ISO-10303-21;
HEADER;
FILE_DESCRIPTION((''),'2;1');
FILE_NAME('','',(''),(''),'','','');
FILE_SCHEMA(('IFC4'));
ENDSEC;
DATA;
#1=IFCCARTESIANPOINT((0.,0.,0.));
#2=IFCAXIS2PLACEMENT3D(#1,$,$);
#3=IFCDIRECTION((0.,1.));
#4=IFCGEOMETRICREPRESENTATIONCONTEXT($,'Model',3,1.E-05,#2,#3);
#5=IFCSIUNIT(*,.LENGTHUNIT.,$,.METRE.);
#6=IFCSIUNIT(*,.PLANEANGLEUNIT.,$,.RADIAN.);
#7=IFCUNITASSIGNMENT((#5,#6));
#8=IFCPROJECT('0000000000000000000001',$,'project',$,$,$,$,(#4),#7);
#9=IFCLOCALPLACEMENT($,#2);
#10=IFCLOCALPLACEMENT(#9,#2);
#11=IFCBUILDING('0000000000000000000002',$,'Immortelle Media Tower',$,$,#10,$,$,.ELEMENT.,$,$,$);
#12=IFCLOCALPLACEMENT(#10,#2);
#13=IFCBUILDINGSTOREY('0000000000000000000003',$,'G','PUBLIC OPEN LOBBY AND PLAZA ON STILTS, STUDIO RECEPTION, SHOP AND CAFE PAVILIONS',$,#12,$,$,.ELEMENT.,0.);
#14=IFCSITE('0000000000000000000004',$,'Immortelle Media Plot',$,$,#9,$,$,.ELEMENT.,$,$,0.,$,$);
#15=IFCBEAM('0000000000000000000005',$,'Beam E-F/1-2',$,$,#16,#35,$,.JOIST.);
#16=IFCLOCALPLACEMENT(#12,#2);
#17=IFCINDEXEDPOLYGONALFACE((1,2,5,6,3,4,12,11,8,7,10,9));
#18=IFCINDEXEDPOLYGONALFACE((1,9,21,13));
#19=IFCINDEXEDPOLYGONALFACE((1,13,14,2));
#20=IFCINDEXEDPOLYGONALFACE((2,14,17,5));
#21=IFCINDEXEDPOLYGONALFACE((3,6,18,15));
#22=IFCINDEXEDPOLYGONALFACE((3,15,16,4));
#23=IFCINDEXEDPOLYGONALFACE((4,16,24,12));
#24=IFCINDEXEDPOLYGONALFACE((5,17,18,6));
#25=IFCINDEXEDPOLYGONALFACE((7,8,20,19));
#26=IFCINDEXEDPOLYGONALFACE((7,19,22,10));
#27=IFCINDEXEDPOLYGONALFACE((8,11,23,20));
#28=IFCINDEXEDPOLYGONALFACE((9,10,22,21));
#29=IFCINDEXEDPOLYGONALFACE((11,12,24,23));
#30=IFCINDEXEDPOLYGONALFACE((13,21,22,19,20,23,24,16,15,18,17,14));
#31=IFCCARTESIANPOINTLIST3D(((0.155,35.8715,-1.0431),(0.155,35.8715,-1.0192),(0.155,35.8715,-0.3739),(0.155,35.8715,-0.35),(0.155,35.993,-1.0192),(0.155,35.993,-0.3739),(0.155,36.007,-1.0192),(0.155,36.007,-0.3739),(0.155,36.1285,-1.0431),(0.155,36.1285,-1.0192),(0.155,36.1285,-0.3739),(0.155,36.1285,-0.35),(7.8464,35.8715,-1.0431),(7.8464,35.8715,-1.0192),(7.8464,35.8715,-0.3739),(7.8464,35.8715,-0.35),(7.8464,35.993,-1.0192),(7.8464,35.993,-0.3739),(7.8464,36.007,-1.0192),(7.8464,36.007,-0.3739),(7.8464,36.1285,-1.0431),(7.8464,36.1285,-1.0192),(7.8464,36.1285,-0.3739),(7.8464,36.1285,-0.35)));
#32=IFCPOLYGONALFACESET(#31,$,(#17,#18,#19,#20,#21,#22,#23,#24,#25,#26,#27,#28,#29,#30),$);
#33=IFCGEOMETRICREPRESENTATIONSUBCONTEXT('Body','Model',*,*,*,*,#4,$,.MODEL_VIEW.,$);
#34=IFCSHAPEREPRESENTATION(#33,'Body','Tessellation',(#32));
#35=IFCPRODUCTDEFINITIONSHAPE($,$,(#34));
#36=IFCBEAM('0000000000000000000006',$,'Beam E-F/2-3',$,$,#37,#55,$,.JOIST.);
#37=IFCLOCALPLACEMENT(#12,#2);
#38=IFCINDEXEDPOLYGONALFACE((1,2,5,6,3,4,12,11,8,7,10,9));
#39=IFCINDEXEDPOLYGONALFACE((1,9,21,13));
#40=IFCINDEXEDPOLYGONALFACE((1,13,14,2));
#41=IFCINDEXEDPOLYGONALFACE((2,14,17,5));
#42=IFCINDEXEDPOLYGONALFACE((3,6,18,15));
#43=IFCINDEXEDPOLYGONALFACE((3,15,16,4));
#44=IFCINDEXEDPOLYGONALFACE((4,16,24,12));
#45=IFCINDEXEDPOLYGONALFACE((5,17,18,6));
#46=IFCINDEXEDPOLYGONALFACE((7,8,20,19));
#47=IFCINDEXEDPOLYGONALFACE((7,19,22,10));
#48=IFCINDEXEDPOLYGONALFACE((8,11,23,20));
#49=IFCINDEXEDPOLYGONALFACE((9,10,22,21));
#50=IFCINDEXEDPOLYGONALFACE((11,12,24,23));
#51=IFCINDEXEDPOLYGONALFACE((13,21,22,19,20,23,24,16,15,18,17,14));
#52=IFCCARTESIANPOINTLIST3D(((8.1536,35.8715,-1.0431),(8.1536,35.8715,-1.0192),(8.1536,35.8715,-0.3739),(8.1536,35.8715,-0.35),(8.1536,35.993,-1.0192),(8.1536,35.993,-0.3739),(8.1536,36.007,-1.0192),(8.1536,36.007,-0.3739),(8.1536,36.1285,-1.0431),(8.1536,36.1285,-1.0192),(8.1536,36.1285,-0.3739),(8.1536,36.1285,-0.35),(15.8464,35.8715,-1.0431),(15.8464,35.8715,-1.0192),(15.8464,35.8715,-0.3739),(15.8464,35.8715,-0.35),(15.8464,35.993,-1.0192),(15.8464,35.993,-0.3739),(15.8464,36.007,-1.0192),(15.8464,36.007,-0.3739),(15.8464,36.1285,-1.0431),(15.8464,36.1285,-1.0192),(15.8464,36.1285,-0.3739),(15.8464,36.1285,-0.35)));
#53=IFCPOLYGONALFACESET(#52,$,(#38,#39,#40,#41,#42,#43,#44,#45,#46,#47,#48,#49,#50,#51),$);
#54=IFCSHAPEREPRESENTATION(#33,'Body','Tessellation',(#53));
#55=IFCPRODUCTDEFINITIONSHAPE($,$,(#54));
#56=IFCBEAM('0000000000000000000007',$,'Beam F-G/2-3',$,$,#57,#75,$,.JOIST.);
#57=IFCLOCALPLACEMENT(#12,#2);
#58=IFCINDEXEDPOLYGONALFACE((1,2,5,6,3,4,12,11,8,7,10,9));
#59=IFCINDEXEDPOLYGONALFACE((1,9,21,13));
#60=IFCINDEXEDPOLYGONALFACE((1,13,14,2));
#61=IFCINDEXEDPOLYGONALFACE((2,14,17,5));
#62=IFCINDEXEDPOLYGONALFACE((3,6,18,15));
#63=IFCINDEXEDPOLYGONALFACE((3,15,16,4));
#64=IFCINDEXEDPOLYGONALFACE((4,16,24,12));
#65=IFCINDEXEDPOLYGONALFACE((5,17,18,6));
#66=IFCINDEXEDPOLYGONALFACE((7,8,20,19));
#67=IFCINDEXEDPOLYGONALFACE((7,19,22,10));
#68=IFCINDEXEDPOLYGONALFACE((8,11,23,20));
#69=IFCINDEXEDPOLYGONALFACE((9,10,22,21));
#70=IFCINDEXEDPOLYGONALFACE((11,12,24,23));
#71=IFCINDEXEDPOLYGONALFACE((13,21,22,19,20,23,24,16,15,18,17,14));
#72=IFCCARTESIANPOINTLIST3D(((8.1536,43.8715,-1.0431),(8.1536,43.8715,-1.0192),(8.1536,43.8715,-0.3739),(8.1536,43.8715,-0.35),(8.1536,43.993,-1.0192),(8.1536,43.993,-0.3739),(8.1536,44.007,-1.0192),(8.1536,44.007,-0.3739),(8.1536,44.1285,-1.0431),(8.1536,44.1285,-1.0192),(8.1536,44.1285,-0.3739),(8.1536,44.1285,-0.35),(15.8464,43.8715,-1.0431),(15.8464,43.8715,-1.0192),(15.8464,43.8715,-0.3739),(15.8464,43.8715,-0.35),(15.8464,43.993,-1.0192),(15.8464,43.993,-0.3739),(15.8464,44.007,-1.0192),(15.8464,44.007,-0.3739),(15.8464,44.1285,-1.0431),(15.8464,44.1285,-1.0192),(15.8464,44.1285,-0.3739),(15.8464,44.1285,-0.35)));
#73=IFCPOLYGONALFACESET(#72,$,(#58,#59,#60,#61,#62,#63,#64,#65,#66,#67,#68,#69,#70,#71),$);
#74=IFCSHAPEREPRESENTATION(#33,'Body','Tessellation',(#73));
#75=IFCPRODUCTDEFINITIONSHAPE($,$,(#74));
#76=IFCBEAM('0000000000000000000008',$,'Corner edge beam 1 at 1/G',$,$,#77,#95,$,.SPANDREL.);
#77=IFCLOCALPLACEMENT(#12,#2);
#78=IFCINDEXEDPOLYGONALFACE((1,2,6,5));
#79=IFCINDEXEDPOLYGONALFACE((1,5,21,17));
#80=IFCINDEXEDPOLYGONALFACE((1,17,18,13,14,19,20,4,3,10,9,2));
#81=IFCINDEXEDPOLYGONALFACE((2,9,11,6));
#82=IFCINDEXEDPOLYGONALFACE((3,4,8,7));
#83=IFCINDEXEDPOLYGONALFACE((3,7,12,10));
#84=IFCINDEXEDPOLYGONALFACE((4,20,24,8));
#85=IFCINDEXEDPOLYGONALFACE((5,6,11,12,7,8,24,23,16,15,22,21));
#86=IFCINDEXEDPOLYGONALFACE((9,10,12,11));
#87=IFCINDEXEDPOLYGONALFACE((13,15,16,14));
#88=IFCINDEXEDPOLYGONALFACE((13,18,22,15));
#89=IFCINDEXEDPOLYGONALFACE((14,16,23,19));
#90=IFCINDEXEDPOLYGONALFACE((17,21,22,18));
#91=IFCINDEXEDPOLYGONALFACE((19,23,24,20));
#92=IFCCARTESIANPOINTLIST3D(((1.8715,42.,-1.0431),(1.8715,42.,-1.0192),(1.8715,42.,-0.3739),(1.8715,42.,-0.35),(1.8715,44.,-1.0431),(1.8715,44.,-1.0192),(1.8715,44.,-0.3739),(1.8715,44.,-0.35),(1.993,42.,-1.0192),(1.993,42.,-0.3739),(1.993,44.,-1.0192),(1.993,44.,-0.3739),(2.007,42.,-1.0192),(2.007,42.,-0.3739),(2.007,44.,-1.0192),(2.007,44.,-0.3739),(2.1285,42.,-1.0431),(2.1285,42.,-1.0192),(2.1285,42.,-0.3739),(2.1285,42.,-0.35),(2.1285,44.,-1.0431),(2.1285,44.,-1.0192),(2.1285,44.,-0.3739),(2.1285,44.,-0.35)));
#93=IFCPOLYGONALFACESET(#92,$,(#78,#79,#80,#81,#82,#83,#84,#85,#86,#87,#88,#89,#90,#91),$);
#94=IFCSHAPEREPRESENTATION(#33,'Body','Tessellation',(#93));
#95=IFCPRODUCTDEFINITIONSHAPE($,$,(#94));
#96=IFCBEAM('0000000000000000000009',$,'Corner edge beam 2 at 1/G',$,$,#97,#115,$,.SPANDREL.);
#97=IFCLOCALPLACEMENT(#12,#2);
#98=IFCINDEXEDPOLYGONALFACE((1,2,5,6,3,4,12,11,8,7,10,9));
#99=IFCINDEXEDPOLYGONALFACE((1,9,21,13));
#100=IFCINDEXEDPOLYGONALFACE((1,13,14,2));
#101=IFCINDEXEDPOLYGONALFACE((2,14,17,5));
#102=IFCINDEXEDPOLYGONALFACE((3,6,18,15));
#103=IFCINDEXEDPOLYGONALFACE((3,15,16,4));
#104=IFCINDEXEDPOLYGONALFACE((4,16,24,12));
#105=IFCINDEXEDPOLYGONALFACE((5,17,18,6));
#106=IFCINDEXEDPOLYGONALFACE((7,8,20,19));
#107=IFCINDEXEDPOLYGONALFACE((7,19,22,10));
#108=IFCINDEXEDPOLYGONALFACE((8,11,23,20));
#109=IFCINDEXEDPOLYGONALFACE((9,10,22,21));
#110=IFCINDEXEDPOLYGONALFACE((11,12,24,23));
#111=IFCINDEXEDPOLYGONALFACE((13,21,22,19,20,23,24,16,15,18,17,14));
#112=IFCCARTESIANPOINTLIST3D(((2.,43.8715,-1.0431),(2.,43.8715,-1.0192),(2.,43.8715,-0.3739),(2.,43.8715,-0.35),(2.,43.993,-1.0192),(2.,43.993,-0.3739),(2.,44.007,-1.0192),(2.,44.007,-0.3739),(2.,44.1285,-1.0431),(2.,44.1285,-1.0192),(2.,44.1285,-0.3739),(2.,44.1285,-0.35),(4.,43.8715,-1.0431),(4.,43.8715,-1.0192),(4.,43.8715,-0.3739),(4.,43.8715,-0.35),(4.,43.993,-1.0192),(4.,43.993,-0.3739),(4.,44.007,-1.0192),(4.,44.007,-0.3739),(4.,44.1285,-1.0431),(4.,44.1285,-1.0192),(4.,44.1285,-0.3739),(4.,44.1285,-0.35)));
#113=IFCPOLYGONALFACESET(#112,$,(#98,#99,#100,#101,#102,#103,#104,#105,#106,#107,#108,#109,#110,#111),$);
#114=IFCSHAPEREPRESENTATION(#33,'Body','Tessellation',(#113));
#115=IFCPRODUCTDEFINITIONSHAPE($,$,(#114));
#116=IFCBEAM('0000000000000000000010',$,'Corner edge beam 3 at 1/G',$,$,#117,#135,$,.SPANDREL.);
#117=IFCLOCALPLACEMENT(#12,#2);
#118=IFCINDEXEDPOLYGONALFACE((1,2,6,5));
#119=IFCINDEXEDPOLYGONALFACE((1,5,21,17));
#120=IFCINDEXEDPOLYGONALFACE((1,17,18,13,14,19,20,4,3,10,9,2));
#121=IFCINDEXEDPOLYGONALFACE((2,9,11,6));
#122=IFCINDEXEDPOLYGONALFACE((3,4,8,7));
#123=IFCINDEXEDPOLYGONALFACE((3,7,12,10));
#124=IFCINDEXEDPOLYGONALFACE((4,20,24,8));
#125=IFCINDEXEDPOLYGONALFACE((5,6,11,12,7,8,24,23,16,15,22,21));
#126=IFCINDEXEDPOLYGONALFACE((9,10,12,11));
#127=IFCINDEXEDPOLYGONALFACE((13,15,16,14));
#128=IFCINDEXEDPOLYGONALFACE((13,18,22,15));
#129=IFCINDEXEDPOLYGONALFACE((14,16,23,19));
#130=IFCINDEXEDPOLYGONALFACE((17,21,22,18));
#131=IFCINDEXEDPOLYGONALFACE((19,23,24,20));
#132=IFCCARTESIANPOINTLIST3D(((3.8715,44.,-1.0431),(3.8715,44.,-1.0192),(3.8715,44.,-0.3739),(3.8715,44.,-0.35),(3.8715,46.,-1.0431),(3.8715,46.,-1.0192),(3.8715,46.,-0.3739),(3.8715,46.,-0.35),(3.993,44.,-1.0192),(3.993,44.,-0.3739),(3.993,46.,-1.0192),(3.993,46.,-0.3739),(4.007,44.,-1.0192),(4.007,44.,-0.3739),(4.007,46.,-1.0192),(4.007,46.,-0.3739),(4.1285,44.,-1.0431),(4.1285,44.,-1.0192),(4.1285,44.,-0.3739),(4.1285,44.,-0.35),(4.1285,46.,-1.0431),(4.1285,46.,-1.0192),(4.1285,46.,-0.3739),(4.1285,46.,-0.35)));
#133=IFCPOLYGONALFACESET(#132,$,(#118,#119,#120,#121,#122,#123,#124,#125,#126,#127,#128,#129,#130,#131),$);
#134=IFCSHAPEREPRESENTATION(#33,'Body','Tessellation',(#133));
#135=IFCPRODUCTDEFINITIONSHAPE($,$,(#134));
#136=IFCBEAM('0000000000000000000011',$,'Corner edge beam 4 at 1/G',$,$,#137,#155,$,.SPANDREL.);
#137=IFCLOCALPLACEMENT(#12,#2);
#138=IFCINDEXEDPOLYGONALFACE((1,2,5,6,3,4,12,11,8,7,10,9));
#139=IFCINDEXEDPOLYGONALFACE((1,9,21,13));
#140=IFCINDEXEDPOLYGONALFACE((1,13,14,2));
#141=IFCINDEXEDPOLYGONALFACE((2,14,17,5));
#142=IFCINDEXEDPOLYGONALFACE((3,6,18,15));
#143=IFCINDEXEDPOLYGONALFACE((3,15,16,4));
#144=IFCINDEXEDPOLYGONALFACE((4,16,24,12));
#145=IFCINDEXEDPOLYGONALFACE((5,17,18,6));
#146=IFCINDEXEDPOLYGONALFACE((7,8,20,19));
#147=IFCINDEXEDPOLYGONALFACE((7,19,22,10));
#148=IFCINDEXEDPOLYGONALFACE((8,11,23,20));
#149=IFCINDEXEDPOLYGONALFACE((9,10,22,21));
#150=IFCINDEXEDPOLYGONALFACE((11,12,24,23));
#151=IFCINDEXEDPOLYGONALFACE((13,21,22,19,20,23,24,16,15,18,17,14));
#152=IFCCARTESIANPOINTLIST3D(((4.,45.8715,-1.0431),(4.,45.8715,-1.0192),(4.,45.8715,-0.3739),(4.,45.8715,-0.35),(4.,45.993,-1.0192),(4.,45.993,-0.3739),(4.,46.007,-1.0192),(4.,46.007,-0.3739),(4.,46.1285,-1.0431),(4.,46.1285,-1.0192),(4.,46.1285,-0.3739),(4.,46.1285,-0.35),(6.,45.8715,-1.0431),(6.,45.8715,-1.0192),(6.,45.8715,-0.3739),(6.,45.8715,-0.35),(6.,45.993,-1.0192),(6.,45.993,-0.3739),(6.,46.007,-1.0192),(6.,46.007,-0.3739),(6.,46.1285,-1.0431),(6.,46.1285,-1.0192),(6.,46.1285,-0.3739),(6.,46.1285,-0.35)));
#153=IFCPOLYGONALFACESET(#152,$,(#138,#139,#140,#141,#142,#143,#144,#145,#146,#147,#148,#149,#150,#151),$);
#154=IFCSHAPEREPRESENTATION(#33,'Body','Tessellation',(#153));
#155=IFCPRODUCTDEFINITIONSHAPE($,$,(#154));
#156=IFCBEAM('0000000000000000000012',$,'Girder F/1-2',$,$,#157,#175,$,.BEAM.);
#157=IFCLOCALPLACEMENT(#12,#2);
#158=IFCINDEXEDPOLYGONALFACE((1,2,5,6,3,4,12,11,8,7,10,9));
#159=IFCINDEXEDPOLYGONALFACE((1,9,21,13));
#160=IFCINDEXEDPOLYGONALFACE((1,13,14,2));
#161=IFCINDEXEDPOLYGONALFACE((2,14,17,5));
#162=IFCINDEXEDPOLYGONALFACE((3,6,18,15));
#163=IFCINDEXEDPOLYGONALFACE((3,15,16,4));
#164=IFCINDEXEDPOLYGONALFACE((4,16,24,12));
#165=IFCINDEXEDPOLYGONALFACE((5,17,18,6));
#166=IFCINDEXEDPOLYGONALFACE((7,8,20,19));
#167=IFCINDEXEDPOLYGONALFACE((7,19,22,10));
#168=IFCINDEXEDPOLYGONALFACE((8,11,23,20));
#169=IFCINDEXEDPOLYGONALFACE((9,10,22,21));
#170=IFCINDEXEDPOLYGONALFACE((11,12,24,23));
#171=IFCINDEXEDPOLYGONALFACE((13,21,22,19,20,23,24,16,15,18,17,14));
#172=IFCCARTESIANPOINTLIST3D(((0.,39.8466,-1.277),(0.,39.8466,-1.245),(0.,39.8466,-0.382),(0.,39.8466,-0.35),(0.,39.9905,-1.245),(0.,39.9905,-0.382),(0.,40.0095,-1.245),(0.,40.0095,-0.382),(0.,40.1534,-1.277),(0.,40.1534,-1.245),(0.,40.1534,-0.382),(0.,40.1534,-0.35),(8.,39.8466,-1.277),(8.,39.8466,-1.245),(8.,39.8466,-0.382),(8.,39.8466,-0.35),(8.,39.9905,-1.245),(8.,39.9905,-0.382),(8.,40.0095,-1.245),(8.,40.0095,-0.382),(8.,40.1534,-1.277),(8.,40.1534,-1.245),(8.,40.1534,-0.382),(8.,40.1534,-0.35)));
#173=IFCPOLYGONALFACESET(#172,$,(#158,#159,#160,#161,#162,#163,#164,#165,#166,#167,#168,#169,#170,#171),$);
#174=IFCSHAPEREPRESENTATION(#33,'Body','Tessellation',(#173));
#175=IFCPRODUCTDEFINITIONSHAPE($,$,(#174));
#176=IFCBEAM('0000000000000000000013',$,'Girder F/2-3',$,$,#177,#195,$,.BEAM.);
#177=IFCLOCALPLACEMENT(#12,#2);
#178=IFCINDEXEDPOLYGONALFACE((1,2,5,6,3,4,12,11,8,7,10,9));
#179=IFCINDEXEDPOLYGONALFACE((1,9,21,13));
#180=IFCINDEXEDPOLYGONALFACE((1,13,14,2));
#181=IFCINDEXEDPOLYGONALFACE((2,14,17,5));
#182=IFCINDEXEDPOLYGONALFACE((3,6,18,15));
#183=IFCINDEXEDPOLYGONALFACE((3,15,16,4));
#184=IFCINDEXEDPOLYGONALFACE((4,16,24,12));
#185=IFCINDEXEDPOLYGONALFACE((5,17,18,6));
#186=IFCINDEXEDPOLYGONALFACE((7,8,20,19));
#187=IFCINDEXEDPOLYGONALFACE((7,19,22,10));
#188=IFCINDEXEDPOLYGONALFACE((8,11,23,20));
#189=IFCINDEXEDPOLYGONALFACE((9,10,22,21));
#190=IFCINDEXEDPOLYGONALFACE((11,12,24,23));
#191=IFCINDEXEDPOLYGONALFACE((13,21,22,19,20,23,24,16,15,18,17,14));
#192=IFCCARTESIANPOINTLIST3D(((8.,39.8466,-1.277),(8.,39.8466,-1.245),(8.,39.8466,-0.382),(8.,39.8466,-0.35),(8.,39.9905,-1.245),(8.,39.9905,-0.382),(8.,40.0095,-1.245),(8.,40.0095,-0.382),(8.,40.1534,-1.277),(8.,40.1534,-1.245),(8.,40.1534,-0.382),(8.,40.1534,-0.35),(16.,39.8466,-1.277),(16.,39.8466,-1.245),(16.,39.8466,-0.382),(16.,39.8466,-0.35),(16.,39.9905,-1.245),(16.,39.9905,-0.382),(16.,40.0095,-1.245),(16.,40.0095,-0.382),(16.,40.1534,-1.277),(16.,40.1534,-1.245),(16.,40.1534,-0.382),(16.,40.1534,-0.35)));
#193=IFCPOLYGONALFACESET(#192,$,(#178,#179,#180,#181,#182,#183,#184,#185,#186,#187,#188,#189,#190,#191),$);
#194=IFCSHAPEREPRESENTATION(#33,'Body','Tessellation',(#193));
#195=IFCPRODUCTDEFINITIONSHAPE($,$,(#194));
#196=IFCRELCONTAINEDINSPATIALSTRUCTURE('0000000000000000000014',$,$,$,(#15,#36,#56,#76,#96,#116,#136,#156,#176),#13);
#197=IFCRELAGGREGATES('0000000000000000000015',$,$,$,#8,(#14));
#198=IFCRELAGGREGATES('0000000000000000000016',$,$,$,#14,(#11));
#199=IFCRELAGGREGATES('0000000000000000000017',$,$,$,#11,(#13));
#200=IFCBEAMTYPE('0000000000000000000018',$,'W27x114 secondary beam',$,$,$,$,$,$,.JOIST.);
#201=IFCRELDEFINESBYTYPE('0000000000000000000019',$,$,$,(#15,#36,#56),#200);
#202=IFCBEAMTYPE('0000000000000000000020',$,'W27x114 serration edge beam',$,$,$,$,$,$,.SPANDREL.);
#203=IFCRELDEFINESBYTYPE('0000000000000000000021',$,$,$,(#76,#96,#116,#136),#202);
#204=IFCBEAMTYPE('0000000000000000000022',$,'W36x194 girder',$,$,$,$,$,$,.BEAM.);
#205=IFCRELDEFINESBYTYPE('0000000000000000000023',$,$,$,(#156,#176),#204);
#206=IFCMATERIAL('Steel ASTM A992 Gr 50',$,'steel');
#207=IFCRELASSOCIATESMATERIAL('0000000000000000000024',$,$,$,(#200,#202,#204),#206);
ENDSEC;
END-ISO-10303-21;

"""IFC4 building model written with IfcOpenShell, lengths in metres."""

from ifc_helpers import new_model, si_unit, direction, frame, origin, origin_2d, place, context, subcontext, project, spatial, i_section, extrude, material, material_profile, profile_set, type_object, element, save


model = new_model("IFC4")

# Units and contexts
model_context = context("Model", 3, precision=1e-05, world=origin(), true_north=direction((0.0, 1.0)))
body_context = subcontext(model_context, "Body", "Model", "MODEL_VIEW")
ifc_project = project(units=[si_unit("LENGTHUNIT", "METRE"), si_unit("PLANEANGLEUNIT", "RADIAN")], contexts=[model_context])

# Site, building, storey
site_placement = place(None, origin())
site = spatial("IfcSite", under=ifc_project, at=site_placement, Name="Immortelle Media Plot", CompositionType="ELEMENT", RefElevation=0.0)
building_placement = place(site_placement, origin())
building = spatial("IfcBuilding", under=site, at=building_placement, Name="Immortelle Media Tower", CompositionType="ELEMENT")
storey_placement = place(building_placement, origin())
storey = spatial("IfcBuildingStorey", under=building, at=storey_placement, Name="G", Description="PUBLIC OPEN LOBBY AND PLAZA ON STILTS, STUDIO RECEPTION, SHOP AND CAFE PAVILIONS", CompositionType="ELEMENT", Elevation=0.0)

# Beams
ifc_material_1 = material(Name="Steel ASTM A992 Gr 50", Category="steel")
ifc_material_profile_1 = material_profile(ifc_material_1, i_section(OverallWidth=0.2571, OverallDepth=0.6931, WebThickness=0.0139, FlangeThickness=0.0239, at=origin_2d()), Name="W27x114")
ifc_profile_set_1 = profile_set([ifc_material_profile_1], Name="Steel ASTM A992 Gr 50")
beam_type_1 = type_object("IfcBeamType", Name="W27x114 secondary beam", PredefinedType="JOIST", material=ifc_profile_set_1)
beam_1_placement = place(storey_placement, frame((0.155, 36.0, -0.6965), z_axis=(1.0, 0.0, 0.0), x_axis=(0.0, 1.0, 0.0)))
element("IfcBeam", 1, at=beam_1_placement, inside=storey, type_object=beam_type_1, Name="Beam E-F/1-2", PredefinedType="JOIST", context=body_context, shape_type="SweptSolid", body=[
    extrude(i_section(OverallWidth=0.2571, OverallDepth=0.6931, WebThickness=0.0139, FlangeThickness=0.0239, at=origin_2d()), origin(), (0.0, 0.0, 1.0), 7.6914),
])
for number, where, z_axis, x_axis, name in (
    (2, (8.1536, 36.0, -0.6965), (1.0, 0.0, 0.0), (0.0, 1.0, 0.0), "Beam E-F/2-3"),
    (3, (8.1536, 44.0, -0.6965), (1.0, 0.0, 0.0), (0.0, 1.0, 0.0), "Beam F-G/2-3"),
):
    element("IfcBeam", number, at=place(storey_placement, frame(where, z_axis=z_axis, x_axis=x_axis)), inside=storey, type_object=beam_type_1, Name=name, PredefinedType="JOIST", context=body_context, shape_type="SweptSolid", body=[
        extrude(i_section(OverallWidth=0.2571, OverallDepth=0.6931, WebThickness=0.0139, FlangeThickness=0.0239, at=origin_2d()), origin(), (0.0, 0.0, 1.0), 7.6929),
    ])
ifc_material_profile_2 = material_profile(ifc_material_1, i_section(OverallWidth=0.2571, OverallDepth=0.6931, WebThickness=0.0139, FlangeThickness=0.0239, at=origin_2d()), Name="W27x114")
ifc_profile_set_2 = profile_set([ifc_material_profile_2], Name="Steel ASTM A992 Gr 50")
beam_type_2 = type_object("IfcBeamType", Name="W27x114 serration edge beam", PredefinedType="SPANDREL", material=ifc_profile_set_2)
for number, where, z_axis, x_axis, name in (
    (4, (2.0, 42.0, -0.6965), (0.0, 1.0, 0.0), (-1.0, 0.0, 0.0), "Corner edge beam 1 at 1/G"),
    (5, (2.0, 44.0, -0.6965), (1.0, 0.0, 0.0), (0.0, 1.0, 0.0), "Corner edge beam 2 at 1/G"),
    (6, (4.0, 44.0, -0.6965), (0.0, 1.0, 0.0), (-1.0, 0.0, 0.0), "Corner edge beam 3 at 1/G"),
    (7, (4.0, 46.0, -0.6965), (1.0, 0.0, 0.0), (0.0, 1.0, 0.0), "Corner edge beam 4 at 1/G"),
):
    element("IfcBeam", number, at=place(storey_placement, frame(where, z_axis=z_axis, x_axis=x_axis)), inside=storey, type_object=beam_type_2, Name=name, PredefinedType="SPANDREL", context=body_context, shape_type="SweptSolid", body=[
        extrude(i_section(OverallWidth=0.2571, OverallDepth=0.6931, WebThickness=0.0139, FlangeThickness=0.0239, at=origin_2d()), origin(), (0.0, 0.0, 1.0), 2.0),
    ])
ifc_material_profile_3 = material_profile(ifc_material_1, i_section(OverallWidth=0.3069, OverallDepth=0.927, WebThickness=0.019, FlangeThickness=0.032, at=origin_2d()), Name="W36x194")
ifc_profile_set_3 = profile_set([ifc_material_profile_3], Name="Steel ASTM A992 Gr 50")
beam_type_3 = type_object("IfcBeamType", Name="W36x194 girder", PredefinedType="BEAM", material=ifc_profile_set_3)
for number, where, z_axis, x_axis, name in (
    (8, (0.0, 40.0, -0.8135), (1.0, 0.0, 0.0), (0.0, 1.0, 0.0), "Girder F/1-2"),
    (9, (8.0, 40.0, -0.8135), (1.0, 0.0, 0.0), (0.0, 1.0, 0.0), "Girder F/2-3"),
):
    element("IfcBeam", number, at=place(storey_placement, frame(where, z_axis=z_axis, x_axis=x_axis)), inside=storey, type_object=beam_type_3, Name=name, PredefinedType="BEAM", context=body_context, shape_type="SweptSolid", body=[
        extrude(i_section(OverallWidth=0.3069, OverallDepth=0.927, WebThickness=0.019, FlangeThickness=0.032, at=origin_2d()), origin(), (0.0, 0.0, 1.0), 8.0),
    ])

save(model, "model.ifc")
